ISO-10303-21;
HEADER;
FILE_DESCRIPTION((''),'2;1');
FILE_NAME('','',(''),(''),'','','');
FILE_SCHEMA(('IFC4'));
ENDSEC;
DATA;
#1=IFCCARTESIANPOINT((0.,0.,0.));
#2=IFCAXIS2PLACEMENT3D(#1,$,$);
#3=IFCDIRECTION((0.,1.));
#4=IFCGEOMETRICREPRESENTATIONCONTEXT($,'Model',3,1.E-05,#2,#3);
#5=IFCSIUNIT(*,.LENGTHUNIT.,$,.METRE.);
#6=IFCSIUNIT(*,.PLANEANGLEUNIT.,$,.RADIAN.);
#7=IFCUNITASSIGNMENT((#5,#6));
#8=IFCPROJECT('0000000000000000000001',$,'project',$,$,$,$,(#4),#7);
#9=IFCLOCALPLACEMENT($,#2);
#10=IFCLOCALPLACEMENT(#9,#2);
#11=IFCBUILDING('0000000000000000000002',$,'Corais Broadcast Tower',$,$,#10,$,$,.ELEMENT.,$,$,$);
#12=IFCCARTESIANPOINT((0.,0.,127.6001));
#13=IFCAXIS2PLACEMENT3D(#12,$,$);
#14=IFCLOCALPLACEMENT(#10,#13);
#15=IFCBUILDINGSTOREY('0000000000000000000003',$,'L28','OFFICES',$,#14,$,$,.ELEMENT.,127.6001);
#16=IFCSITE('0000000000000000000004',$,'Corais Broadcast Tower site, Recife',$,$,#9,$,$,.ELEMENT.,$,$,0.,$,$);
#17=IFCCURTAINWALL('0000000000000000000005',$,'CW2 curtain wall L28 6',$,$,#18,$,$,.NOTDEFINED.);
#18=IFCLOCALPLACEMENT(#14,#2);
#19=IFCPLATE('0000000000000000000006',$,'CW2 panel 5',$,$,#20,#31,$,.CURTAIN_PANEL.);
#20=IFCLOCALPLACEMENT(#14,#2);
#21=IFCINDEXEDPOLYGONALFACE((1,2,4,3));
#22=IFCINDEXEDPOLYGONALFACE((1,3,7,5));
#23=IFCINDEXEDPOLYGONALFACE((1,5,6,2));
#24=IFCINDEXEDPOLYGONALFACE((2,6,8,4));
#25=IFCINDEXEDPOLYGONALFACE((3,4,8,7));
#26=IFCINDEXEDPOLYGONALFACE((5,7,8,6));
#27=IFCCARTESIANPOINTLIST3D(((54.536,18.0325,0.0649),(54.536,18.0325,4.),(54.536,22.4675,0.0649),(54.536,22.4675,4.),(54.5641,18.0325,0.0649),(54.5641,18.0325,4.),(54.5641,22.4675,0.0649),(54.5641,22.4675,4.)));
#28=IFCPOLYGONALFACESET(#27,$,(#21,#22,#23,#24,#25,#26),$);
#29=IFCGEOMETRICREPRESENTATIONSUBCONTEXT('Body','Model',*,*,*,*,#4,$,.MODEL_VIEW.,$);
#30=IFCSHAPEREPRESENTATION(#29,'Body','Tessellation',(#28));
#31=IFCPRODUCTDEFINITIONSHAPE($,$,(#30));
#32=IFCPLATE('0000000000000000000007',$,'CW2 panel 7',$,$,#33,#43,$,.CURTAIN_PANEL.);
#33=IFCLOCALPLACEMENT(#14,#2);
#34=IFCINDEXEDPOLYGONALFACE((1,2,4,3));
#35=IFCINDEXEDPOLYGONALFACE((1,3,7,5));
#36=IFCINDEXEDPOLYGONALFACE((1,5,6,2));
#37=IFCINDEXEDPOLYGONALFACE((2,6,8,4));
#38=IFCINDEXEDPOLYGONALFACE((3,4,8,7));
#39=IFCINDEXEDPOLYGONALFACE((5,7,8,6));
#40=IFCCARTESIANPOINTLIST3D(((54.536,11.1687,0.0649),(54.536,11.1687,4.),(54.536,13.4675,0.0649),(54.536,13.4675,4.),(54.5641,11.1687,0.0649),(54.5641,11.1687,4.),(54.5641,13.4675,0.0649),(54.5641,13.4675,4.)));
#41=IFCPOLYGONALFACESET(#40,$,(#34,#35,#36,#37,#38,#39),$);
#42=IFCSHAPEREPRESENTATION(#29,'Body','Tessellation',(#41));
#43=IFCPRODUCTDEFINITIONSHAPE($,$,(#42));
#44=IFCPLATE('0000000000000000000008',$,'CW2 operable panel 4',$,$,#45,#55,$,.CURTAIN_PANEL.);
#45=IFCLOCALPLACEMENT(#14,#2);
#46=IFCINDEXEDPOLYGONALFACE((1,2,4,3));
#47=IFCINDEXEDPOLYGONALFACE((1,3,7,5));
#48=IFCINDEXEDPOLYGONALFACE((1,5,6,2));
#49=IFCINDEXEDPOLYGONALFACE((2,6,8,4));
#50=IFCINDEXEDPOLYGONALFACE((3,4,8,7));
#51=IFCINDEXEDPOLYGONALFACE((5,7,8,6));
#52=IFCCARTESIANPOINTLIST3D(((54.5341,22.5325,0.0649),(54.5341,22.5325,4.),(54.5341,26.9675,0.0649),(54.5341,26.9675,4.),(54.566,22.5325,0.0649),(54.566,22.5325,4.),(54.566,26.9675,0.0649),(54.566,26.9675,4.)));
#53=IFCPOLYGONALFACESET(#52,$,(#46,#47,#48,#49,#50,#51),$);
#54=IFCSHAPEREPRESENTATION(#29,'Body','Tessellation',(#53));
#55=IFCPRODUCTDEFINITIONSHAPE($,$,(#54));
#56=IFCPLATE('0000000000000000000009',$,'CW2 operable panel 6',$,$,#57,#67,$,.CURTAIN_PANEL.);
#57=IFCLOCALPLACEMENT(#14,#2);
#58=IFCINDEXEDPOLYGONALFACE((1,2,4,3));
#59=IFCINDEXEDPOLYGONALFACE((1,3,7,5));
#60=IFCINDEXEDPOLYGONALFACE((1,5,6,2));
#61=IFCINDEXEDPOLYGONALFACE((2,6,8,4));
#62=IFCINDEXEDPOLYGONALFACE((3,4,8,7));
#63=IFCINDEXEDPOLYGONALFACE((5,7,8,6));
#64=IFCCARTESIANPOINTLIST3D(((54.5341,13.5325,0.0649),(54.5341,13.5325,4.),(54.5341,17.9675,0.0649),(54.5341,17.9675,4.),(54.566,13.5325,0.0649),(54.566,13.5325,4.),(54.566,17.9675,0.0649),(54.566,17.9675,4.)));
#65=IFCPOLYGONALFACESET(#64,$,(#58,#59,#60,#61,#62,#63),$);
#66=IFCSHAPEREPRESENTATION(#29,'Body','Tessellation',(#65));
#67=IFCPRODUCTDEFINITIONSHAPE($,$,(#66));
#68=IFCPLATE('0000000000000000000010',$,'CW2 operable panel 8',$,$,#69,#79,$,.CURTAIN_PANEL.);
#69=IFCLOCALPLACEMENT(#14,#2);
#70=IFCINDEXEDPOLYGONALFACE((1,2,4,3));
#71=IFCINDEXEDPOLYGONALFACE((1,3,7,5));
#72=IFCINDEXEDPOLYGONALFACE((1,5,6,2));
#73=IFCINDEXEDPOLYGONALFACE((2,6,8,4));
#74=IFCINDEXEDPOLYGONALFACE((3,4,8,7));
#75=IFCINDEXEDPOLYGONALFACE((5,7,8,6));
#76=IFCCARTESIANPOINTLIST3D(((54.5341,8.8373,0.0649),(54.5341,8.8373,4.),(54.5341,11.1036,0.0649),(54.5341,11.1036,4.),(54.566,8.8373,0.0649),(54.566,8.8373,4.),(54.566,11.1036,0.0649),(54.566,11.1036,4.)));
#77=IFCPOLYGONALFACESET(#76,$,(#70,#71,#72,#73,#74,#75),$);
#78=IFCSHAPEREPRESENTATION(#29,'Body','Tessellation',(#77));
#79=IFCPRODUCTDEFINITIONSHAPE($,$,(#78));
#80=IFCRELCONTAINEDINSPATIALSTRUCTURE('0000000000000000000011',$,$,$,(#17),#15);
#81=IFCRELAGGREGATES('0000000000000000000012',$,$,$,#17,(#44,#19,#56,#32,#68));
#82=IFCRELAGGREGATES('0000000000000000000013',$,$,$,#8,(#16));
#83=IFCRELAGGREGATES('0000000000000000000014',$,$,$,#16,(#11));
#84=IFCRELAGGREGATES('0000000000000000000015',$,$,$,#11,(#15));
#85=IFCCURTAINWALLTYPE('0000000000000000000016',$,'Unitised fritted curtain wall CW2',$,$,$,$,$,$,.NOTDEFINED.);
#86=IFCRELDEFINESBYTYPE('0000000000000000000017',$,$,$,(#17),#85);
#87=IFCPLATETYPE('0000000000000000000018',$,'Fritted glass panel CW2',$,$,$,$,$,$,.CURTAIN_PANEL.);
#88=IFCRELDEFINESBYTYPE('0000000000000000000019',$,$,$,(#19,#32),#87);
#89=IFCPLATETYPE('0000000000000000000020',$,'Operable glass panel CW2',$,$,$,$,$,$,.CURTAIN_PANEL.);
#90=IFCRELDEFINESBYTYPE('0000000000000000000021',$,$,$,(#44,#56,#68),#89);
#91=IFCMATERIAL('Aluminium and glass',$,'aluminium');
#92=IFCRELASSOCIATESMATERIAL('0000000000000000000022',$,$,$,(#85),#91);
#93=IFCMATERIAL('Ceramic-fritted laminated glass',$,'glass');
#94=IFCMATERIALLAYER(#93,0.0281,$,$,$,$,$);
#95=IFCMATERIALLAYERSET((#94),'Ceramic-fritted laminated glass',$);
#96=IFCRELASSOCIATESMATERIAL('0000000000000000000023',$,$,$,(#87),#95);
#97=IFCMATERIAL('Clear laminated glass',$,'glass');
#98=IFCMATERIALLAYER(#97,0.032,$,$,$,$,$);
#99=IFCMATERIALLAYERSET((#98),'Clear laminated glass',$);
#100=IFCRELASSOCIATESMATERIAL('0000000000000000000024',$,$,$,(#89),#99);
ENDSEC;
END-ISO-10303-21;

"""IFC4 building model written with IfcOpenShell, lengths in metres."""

from ifc_helpers import new_model, si_unit, direction, frame, origin, origin_2d, place, context, subcontext, project, spatial, rectangle, extrude, material, layer, layer_set, type_object, element, aggregate, save


model = new_model("IFC4")

# Units and contexts
model_context = context("Model", 3, precision=1e-05, world=origin(), true_north=direction((0.0, 1.0)))
body_context = subcontext(model_context, "Body", "Model", "MODEL_VIEW")
ifc_project = project(units=[si_unit("LENGTHUNIT", "METRE"), si_unit("PLANEANGLEUNIT", "RADIAN")], contexts=[model_context])

# Site, building, storey
site_placement = place(None, origin())
site = spatial("IfcSite", under=ifc_project, at=site_placement, Name="Corais Broadcast Tower site, Recife", CompositionType="ELEMENT", RefElevation=0.0)
building_placement = place(site_placement, origin())
building = spatial("IfcBuilding", under=site, at=building_placement, Name="Corais Broadcast Tower", CompositionType="ELEMENT")
storey_placement = place(building_placement, frame((0.0, 0.0, 127.6001)))
storey = spatial("IfcBuildingStorey", under=building, at=storey_placement, Name="L28", Description="OFFICES", CompositionType="ELEMENT", Elevation=127.6001)

# Curtain wall
ifc_material_1 = material(Name="Aluminium and glass", Category="aluminium")
curtain_wall_type = type_object("IfcCurtainWallType", Name="Unitised fritted curtain wall CW2", PredefinedType="NOTDEFINED", material=ifc_material_1)
curtain_wall_placement = place(storey_placement, origin())
curtain_wall = element("IfcCurtainWall", 1, at=curtain_wall_placement, inside=storey, type_object=curtain_wall_type, Name="CW2 curtain wall L28 6", PredefinedType="NOTDEFINED")

# Plates
ifc_material_2 = material(Name="Ceramic-fritted laminated glass", Category="glass")
ifc_layer_1 = layer(ifc_material_2, 0.0281)
ifc_layer_set_1 = layer_set([ifc_layer_1], Name="Ceramic-fritted laminated glass")
plate_type_1 = type_object("IfcPlateType", Name="Fritted glass panel CW2", PredefinedType="CURTAIN_PANEL", material=ifc_layer_set_1)
plate_1_placement = place(storey_placement, frame((54.55, 20.25, 0.0649), z_axis=(0.0, 0.0, 1.0), x_axis=(0.0, -1.0, 0.0)))
plate_1 = element("IfcPlate", 2, at=plate_1_placement, type_object=plate_type_1, Name="CW2 panel 5", PredefinedType="CURTAIN_PANEL", context=body_context, shape_type="SweptSolid", body=[
    extrude(rectangle(XDim=4.4351, YDim=0.0281, at=origin_2d()), origin(), (0.0, 0.0, 1.0), 3.9351),
])
plate_2_placement = place(storey_placement, frame((54.55, 12.3181, 0.0649), z_axis=(0.0, 0.0, 1.0), x_axis=(0.0, -1.0, 0.0)))
plate_2 = element("IfcPlate", 3, at=plate_2_placement, type_object=plate_type_1, Name="CW2 panel 7", PredefinedType="CURTAIN_PANEL", context=body_context, shape_type="SweptSolid", body=[
    extrude(rectangle(XDim=2.2988, YDim=0.0281, at=origin_2d()), origin(), (0.0, 0.0, 1.0), 3.9351),
])
ifc_material_3 = material(Name="Clear laminated glass", Category="glass")
ifc_layer_2 = layer(ifc_material_3, 0.032)
ifc_layer_set_2 = layer_set([ifc_layer_2], Name="Clear laminated glass")
plate_type_2 = type_object("IfcPlateType", Name="Operable glass panel CW2", PredefinedType="CURTAIN_PANEL", material=ifc_layer_set_2)
plate_3_placement = place(storey_placement, frame((54.55, 24.75, 0.0649), z_axis=(0.0, 0.0, 1.0), x_axis=(0.0, -1.0, 0.0)))
plate_3 = element("IfcPlate", 4, at=plate_3_placement, type_object=plate_type_2, Name="CW2 operable panel 4", PredefinedType="CURTAIN_PANEL", context=body_context, shape_type="SweptSolid", body=[
    extrude(rectangle(XDim=4.4351, YDim=0.032, at=origin_2d()), origin(), (0.0, 0.0, 1.0), 3.9351),
])
plate_4_placement = place(storey_placement, frame((54.55, 15.75, 0.0649), z_axis=(0.0, 0.0, 1.0), x_axis=(0.0, -1.0, 0.0)))
plate_4 = element("IfcPlate", 5, at=plate_4_placement, type_object=plate_type_2, Name="CW2 operable panel 6", PredefinedType="CURTAIN_PANEL", context=body_context, shape_type="SweptSolid", body=[
    extrude(rectangle(XDim=4.4351, YDim=0.032, at=origin_2d()), origin(), (0.0, 0.0, 1.0), 3.9351),
])
plate_5_placement = place(storey_placement, frame((54.55, 9.9705, 0.0649), z_axis=(0.0, 0.0, 1.0), x_axis=(0.0, -1.0, 0.0)))
plate_5 = element("IfcPlate", 6, at=plate_5_placement, type_object=plate_type_2, Name="CW2 operable panel 8", PredefinedType="CURTAIN_PANEL", context=body_context, shape_type="SweptSolid", body=[
    extrude(rectangle(XDim=2.2664, YDim=0.032, at=origin_2d()), origin(), (0.0, 0.0, 1.0), 3.9351),
])
aggregate(curtain_wall, [plate_3, plate_1, plate_4, plate_2, plate_5])

save(model, "model.ifc")
